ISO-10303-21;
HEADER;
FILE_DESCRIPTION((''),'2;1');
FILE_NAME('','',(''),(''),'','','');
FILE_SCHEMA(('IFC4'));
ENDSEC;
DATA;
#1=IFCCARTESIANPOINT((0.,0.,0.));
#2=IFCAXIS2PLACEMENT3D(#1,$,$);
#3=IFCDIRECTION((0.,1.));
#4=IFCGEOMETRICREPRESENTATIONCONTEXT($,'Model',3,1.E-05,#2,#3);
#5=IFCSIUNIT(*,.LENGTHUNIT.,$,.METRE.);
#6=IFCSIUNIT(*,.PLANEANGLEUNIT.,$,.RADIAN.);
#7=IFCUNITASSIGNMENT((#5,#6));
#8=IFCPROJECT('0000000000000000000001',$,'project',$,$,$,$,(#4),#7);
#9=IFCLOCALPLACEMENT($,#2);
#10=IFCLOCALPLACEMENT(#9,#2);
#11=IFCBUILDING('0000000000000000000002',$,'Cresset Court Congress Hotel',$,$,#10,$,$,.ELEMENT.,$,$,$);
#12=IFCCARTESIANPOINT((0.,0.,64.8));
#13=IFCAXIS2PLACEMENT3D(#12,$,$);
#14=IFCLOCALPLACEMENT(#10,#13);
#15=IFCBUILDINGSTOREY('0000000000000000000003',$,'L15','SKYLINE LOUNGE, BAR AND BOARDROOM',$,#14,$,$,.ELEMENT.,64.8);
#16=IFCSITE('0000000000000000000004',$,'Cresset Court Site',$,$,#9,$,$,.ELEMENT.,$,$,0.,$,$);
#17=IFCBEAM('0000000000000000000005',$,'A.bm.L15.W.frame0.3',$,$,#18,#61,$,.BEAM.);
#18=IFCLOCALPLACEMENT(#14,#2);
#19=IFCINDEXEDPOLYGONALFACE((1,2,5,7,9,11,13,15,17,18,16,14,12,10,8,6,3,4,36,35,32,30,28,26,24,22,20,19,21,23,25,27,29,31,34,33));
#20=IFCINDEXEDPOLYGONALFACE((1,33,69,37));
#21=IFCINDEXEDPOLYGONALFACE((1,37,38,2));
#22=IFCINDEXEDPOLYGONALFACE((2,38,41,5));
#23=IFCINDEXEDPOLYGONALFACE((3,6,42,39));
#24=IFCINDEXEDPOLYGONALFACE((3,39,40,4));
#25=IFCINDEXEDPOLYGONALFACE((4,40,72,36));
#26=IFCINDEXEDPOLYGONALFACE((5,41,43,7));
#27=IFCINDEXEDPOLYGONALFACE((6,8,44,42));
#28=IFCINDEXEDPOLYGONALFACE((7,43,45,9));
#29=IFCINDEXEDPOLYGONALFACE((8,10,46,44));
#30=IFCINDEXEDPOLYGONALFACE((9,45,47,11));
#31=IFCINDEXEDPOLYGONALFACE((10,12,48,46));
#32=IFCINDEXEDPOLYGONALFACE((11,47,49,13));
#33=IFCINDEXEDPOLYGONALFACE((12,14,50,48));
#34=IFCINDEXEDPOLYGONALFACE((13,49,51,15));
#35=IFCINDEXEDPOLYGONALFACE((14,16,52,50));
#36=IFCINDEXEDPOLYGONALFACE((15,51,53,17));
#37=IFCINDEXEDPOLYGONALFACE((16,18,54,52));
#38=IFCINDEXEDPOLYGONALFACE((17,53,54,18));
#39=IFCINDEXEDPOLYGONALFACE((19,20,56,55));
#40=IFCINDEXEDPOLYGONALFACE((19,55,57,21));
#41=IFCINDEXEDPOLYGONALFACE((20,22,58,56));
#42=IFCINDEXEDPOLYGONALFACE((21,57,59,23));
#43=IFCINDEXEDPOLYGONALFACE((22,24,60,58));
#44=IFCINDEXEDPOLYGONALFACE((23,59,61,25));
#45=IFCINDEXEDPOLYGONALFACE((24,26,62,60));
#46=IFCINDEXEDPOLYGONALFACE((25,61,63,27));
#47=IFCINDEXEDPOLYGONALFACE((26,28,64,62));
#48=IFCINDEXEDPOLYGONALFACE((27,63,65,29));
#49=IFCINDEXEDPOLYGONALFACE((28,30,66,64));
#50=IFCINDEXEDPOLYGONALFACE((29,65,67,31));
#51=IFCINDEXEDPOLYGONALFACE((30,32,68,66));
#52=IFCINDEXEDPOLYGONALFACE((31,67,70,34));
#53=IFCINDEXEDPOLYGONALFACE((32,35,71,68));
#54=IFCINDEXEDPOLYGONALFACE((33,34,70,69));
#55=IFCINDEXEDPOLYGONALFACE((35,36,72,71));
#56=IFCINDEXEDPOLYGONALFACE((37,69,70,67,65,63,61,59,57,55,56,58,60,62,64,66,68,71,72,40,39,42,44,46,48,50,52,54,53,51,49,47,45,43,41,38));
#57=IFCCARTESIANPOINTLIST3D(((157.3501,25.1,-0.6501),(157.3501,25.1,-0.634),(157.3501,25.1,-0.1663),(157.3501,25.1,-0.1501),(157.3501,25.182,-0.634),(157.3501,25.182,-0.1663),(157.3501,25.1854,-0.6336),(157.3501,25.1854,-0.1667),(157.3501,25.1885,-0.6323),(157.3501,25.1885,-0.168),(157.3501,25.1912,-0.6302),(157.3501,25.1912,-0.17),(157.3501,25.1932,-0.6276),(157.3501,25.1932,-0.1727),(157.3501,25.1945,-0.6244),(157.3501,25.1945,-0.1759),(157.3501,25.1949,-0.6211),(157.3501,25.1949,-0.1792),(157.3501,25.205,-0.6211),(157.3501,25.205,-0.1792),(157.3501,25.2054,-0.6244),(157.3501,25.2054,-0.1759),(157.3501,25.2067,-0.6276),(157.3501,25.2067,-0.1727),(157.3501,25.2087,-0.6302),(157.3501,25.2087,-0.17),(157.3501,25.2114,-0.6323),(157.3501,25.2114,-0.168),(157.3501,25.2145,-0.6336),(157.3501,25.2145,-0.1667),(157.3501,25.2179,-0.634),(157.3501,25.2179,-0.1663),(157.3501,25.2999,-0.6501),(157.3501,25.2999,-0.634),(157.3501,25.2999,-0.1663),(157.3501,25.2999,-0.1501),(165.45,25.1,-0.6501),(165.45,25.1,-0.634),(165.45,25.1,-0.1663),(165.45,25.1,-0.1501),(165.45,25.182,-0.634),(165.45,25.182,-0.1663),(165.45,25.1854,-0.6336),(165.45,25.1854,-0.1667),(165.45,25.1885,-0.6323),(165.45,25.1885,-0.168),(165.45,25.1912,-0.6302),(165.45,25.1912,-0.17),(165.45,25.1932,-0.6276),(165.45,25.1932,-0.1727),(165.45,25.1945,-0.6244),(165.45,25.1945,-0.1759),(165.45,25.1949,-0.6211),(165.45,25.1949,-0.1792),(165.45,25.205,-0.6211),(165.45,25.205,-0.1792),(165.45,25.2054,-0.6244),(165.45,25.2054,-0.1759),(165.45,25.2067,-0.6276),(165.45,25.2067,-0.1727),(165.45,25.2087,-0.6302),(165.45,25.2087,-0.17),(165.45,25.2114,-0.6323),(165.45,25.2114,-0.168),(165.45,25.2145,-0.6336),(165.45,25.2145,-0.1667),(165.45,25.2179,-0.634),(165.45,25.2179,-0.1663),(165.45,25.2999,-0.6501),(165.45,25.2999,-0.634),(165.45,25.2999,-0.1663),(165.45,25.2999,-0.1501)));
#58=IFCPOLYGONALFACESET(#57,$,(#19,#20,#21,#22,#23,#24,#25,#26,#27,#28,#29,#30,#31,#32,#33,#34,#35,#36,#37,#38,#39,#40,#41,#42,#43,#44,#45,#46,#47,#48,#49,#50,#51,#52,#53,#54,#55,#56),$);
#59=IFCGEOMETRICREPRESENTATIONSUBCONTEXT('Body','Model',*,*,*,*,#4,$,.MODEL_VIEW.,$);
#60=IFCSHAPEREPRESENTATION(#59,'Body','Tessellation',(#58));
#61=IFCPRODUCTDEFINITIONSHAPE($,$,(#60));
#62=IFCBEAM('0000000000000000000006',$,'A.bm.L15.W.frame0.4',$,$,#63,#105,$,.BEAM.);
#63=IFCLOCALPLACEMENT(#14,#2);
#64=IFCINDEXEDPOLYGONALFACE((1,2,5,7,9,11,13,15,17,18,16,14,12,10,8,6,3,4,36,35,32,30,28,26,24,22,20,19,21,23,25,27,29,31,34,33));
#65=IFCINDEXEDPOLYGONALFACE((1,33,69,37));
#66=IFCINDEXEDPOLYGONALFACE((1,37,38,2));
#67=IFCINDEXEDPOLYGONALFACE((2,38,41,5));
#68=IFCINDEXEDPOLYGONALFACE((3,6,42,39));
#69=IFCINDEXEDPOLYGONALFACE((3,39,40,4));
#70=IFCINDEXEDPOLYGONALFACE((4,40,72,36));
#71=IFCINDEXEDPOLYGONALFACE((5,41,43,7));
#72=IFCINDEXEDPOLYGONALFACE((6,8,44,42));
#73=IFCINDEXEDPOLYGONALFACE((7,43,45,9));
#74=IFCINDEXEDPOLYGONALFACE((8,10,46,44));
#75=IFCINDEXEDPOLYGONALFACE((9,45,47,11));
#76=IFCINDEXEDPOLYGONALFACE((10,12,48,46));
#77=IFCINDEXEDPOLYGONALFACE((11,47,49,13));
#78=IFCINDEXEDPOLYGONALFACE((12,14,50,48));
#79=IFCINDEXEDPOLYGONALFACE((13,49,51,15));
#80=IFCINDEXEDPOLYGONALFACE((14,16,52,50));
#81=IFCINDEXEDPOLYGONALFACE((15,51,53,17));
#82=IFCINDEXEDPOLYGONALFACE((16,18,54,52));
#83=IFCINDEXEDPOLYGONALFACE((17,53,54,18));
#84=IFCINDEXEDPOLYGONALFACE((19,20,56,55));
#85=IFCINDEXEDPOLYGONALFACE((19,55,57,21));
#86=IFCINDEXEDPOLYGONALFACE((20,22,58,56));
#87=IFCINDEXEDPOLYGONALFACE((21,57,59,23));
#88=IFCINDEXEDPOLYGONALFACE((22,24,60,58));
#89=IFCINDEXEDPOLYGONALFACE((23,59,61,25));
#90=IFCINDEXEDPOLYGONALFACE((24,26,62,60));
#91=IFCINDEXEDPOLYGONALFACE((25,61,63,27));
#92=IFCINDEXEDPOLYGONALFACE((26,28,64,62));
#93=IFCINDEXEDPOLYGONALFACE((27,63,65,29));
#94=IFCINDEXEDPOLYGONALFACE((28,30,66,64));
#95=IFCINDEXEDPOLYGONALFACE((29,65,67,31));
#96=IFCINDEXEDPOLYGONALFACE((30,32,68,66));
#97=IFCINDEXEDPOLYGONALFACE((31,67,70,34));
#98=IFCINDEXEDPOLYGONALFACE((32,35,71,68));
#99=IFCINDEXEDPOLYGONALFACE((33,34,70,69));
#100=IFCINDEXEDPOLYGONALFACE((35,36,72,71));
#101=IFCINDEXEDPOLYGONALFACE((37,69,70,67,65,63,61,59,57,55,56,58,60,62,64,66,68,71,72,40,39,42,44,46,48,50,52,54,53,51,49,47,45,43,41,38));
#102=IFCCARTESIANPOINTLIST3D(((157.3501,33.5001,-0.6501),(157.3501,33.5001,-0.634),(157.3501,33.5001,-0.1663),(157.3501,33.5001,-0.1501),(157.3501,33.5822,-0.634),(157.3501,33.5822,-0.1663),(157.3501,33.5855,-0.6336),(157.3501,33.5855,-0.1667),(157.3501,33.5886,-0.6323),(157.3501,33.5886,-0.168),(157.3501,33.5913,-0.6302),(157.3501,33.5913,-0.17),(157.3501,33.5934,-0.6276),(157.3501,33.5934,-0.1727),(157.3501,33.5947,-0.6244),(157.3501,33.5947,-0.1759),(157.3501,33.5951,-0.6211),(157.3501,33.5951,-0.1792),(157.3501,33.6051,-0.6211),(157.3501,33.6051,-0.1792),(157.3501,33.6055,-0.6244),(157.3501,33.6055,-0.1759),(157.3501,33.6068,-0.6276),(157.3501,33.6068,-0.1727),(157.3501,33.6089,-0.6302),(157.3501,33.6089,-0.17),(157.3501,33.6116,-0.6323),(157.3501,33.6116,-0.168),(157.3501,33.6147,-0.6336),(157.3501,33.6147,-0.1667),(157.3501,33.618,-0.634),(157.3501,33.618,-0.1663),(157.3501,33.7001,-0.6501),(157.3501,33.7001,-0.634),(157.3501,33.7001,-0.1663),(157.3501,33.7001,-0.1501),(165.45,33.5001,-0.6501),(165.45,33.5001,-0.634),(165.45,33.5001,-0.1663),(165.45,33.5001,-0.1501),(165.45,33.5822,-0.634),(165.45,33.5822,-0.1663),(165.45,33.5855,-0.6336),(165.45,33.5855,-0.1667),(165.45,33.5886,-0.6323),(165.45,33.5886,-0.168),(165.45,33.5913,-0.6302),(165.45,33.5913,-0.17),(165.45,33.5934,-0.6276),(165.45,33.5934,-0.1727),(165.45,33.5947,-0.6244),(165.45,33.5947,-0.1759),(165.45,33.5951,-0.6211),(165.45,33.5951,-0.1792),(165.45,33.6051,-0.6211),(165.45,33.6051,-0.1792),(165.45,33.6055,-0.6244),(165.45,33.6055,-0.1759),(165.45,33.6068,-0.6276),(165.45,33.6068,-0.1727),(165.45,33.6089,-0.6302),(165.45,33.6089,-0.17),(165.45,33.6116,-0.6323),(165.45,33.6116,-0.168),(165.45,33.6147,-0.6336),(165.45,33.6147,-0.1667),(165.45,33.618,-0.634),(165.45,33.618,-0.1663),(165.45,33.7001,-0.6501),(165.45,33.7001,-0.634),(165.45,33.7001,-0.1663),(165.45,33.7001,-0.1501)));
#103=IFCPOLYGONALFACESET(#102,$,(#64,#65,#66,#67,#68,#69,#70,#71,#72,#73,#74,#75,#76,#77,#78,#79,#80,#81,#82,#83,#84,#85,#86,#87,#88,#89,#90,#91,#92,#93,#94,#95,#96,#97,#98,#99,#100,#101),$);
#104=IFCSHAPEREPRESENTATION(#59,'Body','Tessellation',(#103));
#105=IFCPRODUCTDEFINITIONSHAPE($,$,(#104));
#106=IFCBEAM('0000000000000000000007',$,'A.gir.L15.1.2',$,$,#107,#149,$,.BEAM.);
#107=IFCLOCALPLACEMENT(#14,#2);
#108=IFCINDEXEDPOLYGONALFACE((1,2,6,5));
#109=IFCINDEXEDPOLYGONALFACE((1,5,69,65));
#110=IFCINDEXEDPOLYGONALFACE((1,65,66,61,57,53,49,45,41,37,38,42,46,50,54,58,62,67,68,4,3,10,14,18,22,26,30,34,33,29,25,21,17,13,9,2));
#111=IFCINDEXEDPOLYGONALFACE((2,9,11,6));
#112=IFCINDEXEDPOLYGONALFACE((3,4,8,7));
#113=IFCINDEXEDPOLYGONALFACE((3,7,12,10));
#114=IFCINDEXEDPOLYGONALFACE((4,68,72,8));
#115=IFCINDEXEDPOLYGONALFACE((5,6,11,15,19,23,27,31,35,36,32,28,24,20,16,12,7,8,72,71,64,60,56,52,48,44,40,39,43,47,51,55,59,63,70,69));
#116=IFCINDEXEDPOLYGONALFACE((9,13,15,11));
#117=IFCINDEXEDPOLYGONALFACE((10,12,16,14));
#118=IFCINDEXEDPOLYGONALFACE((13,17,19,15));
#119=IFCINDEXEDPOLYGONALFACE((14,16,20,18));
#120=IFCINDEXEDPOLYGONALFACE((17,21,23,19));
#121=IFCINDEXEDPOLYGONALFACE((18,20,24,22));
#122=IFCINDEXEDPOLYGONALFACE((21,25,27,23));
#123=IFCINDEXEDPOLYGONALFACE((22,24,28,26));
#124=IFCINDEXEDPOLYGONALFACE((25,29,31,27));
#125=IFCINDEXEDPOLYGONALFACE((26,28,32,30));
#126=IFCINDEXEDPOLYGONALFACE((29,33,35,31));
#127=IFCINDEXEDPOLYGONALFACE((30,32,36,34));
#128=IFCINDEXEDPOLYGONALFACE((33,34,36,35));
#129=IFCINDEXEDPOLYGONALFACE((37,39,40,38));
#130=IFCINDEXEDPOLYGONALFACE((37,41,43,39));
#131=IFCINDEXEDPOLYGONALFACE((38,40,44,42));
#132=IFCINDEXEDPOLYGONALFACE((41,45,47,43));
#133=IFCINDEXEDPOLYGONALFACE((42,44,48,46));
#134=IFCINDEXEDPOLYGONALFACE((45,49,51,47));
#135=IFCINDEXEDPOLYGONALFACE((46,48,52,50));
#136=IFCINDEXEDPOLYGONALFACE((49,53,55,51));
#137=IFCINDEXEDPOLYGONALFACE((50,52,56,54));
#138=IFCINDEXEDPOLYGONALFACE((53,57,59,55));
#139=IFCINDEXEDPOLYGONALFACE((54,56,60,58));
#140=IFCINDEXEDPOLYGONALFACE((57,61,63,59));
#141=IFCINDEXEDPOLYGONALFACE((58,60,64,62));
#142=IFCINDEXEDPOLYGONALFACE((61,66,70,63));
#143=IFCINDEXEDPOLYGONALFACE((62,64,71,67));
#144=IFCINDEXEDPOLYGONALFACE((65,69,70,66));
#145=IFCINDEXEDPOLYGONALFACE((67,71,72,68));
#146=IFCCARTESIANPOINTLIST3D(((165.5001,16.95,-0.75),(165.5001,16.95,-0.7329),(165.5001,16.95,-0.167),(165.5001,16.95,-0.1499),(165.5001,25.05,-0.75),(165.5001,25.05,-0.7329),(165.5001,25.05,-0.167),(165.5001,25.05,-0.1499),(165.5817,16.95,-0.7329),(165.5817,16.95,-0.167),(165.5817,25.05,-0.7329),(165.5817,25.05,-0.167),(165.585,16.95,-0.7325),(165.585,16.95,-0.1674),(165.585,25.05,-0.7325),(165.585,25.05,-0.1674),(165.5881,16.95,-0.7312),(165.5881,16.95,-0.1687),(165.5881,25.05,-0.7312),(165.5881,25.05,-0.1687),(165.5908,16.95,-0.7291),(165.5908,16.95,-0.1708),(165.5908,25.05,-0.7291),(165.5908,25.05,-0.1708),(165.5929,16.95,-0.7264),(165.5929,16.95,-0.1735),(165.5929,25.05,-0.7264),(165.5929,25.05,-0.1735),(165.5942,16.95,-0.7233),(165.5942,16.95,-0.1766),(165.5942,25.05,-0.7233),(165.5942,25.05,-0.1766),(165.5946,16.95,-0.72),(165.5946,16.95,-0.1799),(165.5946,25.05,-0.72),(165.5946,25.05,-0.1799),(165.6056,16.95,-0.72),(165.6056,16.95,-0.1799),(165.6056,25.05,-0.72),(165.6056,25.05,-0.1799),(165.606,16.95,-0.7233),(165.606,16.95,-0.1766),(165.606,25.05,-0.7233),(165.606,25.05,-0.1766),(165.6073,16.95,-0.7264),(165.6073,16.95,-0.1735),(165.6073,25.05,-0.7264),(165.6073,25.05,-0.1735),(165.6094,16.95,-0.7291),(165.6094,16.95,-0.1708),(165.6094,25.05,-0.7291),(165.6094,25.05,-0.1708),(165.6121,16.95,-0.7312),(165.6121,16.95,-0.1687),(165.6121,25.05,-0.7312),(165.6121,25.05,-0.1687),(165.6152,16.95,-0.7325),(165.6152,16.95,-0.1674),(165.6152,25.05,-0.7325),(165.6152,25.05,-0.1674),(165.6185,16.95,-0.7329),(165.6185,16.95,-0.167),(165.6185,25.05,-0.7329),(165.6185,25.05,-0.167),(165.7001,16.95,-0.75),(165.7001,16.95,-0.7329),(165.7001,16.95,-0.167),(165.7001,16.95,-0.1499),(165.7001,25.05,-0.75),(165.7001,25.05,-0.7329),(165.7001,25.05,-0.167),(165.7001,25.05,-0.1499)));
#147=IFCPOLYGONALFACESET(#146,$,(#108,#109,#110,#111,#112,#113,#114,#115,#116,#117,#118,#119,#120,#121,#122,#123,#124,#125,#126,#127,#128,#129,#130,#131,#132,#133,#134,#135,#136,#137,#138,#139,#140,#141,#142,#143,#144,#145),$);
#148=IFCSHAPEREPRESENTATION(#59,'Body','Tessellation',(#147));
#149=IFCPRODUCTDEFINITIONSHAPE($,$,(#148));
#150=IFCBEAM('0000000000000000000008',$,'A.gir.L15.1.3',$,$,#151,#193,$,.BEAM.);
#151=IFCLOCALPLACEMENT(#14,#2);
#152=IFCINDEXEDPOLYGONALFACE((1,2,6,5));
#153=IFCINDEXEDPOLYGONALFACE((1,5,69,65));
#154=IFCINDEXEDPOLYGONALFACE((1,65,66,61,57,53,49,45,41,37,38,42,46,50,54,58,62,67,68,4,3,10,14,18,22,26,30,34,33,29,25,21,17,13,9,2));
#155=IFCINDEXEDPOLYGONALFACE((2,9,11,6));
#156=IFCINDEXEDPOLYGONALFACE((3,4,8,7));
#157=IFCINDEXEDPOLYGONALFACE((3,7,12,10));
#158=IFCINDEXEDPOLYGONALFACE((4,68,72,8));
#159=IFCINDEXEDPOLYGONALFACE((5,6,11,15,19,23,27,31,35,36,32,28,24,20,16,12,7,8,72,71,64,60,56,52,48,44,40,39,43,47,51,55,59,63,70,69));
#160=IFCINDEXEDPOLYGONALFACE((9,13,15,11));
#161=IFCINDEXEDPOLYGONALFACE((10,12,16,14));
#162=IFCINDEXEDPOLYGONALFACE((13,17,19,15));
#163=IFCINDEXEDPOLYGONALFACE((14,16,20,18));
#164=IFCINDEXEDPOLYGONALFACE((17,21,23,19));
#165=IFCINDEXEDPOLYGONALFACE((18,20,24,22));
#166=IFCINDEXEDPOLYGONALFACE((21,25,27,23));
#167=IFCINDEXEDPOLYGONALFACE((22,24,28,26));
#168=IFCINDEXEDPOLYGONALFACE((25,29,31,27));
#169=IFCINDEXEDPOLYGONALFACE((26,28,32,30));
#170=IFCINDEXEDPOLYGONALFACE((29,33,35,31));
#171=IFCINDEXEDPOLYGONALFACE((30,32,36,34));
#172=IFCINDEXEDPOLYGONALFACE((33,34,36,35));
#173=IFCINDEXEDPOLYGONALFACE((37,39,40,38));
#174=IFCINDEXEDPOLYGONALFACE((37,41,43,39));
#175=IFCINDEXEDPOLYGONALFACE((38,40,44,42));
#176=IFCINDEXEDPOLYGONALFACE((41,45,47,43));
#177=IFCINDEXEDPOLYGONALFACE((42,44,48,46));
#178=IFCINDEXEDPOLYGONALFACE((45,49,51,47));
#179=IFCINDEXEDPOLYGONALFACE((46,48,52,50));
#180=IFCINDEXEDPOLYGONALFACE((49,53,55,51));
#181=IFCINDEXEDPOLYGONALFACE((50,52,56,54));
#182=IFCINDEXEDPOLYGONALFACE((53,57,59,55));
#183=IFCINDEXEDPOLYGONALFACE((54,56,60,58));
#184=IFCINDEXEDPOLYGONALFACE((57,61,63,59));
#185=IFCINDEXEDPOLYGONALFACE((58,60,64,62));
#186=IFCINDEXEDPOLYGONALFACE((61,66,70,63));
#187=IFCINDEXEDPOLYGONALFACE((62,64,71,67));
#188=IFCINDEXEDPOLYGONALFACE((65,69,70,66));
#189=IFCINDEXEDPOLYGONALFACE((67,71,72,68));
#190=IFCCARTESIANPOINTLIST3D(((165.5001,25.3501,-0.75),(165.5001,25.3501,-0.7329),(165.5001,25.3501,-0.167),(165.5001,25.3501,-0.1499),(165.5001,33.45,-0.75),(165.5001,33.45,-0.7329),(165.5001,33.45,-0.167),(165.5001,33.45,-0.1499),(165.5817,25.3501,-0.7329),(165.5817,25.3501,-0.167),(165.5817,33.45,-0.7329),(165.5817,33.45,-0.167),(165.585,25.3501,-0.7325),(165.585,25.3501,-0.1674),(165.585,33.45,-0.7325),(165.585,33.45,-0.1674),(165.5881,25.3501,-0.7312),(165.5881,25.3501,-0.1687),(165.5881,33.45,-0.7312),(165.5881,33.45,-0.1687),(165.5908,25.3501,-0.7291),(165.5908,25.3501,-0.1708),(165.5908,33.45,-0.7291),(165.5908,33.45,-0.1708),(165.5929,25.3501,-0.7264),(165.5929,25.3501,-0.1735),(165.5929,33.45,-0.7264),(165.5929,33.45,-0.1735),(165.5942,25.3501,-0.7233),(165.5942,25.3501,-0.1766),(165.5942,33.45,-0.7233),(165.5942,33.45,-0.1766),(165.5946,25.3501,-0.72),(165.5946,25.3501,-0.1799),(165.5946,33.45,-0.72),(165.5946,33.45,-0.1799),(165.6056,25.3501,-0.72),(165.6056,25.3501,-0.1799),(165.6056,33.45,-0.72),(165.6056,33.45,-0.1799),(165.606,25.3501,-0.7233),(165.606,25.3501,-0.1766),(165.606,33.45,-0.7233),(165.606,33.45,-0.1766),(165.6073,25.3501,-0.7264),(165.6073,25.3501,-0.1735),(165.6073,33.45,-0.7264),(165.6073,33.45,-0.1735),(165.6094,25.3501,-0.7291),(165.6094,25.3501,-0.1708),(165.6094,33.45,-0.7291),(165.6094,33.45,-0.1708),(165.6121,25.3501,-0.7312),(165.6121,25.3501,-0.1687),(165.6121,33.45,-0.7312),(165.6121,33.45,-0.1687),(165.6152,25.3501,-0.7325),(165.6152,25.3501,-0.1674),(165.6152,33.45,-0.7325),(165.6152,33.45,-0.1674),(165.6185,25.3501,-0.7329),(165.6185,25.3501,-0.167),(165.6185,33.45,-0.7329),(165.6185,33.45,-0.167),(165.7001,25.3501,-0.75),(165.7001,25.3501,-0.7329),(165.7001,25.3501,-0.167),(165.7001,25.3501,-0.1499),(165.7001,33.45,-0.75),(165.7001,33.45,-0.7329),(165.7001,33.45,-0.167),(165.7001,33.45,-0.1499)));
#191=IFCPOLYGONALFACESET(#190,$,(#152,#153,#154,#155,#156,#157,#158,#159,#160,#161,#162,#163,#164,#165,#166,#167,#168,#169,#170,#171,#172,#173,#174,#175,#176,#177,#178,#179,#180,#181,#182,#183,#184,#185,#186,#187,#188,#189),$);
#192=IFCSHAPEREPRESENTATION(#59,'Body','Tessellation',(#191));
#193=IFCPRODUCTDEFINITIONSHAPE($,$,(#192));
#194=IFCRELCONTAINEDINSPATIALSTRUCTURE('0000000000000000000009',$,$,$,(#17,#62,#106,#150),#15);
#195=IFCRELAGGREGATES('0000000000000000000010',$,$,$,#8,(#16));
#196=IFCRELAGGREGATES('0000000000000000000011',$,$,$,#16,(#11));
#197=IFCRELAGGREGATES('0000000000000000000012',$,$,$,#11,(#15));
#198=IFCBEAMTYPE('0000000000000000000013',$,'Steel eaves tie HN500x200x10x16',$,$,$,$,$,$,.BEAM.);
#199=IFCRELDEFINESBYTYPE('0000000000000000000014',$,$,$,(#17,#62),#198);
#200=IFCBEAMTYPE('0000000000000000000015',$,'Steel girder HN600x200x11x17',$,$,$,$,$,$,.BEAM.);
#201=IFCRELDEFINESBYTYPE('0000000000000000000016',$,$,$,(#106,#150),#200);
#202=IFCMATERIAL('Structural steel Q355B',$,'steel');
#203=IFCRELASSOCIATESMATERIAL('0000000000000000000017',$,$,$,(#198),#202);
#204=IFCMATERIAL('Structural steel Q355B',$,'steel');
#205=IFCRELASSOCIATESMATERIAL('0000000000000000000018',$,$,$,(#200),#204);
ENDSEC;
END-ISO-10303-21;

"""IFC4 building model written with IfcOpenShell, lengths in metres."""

from ifc_helpers import new_model, si_unit, direction, frame, origin, origin_2d, place, context, subcontext, project, spatial, i_section, extrude, material, material_profile, profile_set, type_object, element, save


model = new_model("IFC4")

# Units and contexts
model_context = context("Model", 3, precision=1e-05, world=origin(), true_north=direction((0.0, 1.0)))
body_context = subcontext(model_context, "Body", "Model", "MODEL_VIEW")
ifc_project = project(units=[si_unit("LENGTHUNIT", "METRE"), si_unit("PLANEANGLEUNIT", "RADIAN")], contexts=[model_context])

# Site, building, storey
site_placement = place(None, origin())
site = spatial("IfcSite", under=ifc_project, at=site_placement, Name="Cresset Court Site", CompositionType="ELEMENT", RefElevation=0.0)
building_placement = place(site_placement, origin())
building = spatial("IfcBuilding", under=site, at=building_placement, Name="Cresset Court Congress Hotel", CompositionType="ELEMENT")
storey_placement = place(building_placement, frame((0.0, 0.0, 64.8)))
storey = spatial("IfcBuildingStorey", under=building, at=storey_placement, Name="L15", Description="SKYLINE LOUNGE, BAR AND BOARDROOM", CompositionType="ELEMENT", Elevation=64.8)

# Beams
ifc_material_1 = material(Name="Structural steel Q355B", Category="steel")
ifc_material_profile_1 = material_profile(ifc_material_1, i_section(OverallWidth=0.2, OverallDepth=0.5, WebThickness=0.01, FlangeThickness=0.0161, FilletRadius=0.0129, at=origin_2d()), Name="HN500x200x10x16")
ifc_profile_set_1 = profile_set([ifc_material_profile_1], Name="Structural steel Q355B")
beam_type_1 = type_object("IfcBeamType", Name="Steel eaves tie HN500x200x10x16", PredefinedType="BEAM", material=ifc_profile_set_1)
for number, where, z_axis, x_axis, name in (
    (1, (157.3501, 25.2, -0.4001), (1.0, 0.0, 0.0), (0.0, 1.0, 0.0), "A.bm.L15.W.frame0.3"),
    (2, (157.3501, 33.6001, -0.4001), (1.0, 0.0, 0.0), (0.0, 1.0, 0.0), "A.bm.L15.W.frame0.4"),
):
    element("IfcBeam", number, at=place(storey_placement, frame(where, z_axis=z_axis, x_axis=x_axis)), inside=storey, type_object=beam_type_1, Name=name, PredefinedType="BEAM", context=body_context, shape_type="SweptSolid", body=[
        extrude(i_section(OverallWidth=0.2, OverallDepth=0.5, WebThickness=0.01, FlangeThickness=0.0161, FilletRadius=0.0129, at=origin_2d()), origin(), (0.0, 0.0, 1.0), 8.0999),
    ])
ifc_material_2 = material(Name="Structural steel Q355B", Category="steel")
ifc_material_profile_2 = material_profile(ifc_material_2, i_section(OverallWidth=0.2, OverallDepth=0.6001, WebThickness=0.011, FlangeThickness=0.0171, FilletRadius=0.0129, at=origin_2d()), Name="HN600x200x11x17")
ifc_profile_set_2 = profile_set([ifc_material_profile_2], Name="Structural steel Q355B")
beam_type_2 = type_object("IfcBeamType", Name="Steel girder HN600x200x11x17", PredefinedType="BEAM", material=ifc_profile_set_2)
beam_1_placement = place(storey_placement, frame((165.6001, 16.95, -0.45), z_axis=(0.0, 1.0, 0.0), x_axis=(-1.0, 0.0, 0.0)))
element("IfcBeam", 3, at=beam_1_placement, inside=storey, type_object=beam_type_2, Name="A.gir.L15.1.2", PredefinedType="BEAM", context=body_context, shape_type="SweptSolid", body=[
    extrude(i_section(OverallWidth=0.2, OverallDepth=0.6001, WebThickness=0.011, FlangeThickness=0.0171, FilletRadius=0.0129, at=origin_2d()), origin(), (0.0, 0.0, 1.0), 8.1001),
])
beam_2_placement = place(storey_placement, frame((165.6001, 25.3501, -0.45), z_axis=(0.0, 1.0, 0.0), x_axis=(-1.0, 0.0, 0.0)))
element("IfcBeam", 4, at=beam_2_placement, inside=storey, type_object=beam_type_2, Name="A.gir.L15.1.3", PredefinedType="BEAM", context=body_context, shape_type="SweptSolid", body=[
    extrude(i_section(OverallWidth=0.2, OverallDepth=0.6001, WebThickness=0.011, FlangeThickness=0.0171, FilletRadius=0.0129, at=origin_2d()), origin(), (0.0, 0.0, 1.0), 8.0999),
])

save(model, "model.ifc")
